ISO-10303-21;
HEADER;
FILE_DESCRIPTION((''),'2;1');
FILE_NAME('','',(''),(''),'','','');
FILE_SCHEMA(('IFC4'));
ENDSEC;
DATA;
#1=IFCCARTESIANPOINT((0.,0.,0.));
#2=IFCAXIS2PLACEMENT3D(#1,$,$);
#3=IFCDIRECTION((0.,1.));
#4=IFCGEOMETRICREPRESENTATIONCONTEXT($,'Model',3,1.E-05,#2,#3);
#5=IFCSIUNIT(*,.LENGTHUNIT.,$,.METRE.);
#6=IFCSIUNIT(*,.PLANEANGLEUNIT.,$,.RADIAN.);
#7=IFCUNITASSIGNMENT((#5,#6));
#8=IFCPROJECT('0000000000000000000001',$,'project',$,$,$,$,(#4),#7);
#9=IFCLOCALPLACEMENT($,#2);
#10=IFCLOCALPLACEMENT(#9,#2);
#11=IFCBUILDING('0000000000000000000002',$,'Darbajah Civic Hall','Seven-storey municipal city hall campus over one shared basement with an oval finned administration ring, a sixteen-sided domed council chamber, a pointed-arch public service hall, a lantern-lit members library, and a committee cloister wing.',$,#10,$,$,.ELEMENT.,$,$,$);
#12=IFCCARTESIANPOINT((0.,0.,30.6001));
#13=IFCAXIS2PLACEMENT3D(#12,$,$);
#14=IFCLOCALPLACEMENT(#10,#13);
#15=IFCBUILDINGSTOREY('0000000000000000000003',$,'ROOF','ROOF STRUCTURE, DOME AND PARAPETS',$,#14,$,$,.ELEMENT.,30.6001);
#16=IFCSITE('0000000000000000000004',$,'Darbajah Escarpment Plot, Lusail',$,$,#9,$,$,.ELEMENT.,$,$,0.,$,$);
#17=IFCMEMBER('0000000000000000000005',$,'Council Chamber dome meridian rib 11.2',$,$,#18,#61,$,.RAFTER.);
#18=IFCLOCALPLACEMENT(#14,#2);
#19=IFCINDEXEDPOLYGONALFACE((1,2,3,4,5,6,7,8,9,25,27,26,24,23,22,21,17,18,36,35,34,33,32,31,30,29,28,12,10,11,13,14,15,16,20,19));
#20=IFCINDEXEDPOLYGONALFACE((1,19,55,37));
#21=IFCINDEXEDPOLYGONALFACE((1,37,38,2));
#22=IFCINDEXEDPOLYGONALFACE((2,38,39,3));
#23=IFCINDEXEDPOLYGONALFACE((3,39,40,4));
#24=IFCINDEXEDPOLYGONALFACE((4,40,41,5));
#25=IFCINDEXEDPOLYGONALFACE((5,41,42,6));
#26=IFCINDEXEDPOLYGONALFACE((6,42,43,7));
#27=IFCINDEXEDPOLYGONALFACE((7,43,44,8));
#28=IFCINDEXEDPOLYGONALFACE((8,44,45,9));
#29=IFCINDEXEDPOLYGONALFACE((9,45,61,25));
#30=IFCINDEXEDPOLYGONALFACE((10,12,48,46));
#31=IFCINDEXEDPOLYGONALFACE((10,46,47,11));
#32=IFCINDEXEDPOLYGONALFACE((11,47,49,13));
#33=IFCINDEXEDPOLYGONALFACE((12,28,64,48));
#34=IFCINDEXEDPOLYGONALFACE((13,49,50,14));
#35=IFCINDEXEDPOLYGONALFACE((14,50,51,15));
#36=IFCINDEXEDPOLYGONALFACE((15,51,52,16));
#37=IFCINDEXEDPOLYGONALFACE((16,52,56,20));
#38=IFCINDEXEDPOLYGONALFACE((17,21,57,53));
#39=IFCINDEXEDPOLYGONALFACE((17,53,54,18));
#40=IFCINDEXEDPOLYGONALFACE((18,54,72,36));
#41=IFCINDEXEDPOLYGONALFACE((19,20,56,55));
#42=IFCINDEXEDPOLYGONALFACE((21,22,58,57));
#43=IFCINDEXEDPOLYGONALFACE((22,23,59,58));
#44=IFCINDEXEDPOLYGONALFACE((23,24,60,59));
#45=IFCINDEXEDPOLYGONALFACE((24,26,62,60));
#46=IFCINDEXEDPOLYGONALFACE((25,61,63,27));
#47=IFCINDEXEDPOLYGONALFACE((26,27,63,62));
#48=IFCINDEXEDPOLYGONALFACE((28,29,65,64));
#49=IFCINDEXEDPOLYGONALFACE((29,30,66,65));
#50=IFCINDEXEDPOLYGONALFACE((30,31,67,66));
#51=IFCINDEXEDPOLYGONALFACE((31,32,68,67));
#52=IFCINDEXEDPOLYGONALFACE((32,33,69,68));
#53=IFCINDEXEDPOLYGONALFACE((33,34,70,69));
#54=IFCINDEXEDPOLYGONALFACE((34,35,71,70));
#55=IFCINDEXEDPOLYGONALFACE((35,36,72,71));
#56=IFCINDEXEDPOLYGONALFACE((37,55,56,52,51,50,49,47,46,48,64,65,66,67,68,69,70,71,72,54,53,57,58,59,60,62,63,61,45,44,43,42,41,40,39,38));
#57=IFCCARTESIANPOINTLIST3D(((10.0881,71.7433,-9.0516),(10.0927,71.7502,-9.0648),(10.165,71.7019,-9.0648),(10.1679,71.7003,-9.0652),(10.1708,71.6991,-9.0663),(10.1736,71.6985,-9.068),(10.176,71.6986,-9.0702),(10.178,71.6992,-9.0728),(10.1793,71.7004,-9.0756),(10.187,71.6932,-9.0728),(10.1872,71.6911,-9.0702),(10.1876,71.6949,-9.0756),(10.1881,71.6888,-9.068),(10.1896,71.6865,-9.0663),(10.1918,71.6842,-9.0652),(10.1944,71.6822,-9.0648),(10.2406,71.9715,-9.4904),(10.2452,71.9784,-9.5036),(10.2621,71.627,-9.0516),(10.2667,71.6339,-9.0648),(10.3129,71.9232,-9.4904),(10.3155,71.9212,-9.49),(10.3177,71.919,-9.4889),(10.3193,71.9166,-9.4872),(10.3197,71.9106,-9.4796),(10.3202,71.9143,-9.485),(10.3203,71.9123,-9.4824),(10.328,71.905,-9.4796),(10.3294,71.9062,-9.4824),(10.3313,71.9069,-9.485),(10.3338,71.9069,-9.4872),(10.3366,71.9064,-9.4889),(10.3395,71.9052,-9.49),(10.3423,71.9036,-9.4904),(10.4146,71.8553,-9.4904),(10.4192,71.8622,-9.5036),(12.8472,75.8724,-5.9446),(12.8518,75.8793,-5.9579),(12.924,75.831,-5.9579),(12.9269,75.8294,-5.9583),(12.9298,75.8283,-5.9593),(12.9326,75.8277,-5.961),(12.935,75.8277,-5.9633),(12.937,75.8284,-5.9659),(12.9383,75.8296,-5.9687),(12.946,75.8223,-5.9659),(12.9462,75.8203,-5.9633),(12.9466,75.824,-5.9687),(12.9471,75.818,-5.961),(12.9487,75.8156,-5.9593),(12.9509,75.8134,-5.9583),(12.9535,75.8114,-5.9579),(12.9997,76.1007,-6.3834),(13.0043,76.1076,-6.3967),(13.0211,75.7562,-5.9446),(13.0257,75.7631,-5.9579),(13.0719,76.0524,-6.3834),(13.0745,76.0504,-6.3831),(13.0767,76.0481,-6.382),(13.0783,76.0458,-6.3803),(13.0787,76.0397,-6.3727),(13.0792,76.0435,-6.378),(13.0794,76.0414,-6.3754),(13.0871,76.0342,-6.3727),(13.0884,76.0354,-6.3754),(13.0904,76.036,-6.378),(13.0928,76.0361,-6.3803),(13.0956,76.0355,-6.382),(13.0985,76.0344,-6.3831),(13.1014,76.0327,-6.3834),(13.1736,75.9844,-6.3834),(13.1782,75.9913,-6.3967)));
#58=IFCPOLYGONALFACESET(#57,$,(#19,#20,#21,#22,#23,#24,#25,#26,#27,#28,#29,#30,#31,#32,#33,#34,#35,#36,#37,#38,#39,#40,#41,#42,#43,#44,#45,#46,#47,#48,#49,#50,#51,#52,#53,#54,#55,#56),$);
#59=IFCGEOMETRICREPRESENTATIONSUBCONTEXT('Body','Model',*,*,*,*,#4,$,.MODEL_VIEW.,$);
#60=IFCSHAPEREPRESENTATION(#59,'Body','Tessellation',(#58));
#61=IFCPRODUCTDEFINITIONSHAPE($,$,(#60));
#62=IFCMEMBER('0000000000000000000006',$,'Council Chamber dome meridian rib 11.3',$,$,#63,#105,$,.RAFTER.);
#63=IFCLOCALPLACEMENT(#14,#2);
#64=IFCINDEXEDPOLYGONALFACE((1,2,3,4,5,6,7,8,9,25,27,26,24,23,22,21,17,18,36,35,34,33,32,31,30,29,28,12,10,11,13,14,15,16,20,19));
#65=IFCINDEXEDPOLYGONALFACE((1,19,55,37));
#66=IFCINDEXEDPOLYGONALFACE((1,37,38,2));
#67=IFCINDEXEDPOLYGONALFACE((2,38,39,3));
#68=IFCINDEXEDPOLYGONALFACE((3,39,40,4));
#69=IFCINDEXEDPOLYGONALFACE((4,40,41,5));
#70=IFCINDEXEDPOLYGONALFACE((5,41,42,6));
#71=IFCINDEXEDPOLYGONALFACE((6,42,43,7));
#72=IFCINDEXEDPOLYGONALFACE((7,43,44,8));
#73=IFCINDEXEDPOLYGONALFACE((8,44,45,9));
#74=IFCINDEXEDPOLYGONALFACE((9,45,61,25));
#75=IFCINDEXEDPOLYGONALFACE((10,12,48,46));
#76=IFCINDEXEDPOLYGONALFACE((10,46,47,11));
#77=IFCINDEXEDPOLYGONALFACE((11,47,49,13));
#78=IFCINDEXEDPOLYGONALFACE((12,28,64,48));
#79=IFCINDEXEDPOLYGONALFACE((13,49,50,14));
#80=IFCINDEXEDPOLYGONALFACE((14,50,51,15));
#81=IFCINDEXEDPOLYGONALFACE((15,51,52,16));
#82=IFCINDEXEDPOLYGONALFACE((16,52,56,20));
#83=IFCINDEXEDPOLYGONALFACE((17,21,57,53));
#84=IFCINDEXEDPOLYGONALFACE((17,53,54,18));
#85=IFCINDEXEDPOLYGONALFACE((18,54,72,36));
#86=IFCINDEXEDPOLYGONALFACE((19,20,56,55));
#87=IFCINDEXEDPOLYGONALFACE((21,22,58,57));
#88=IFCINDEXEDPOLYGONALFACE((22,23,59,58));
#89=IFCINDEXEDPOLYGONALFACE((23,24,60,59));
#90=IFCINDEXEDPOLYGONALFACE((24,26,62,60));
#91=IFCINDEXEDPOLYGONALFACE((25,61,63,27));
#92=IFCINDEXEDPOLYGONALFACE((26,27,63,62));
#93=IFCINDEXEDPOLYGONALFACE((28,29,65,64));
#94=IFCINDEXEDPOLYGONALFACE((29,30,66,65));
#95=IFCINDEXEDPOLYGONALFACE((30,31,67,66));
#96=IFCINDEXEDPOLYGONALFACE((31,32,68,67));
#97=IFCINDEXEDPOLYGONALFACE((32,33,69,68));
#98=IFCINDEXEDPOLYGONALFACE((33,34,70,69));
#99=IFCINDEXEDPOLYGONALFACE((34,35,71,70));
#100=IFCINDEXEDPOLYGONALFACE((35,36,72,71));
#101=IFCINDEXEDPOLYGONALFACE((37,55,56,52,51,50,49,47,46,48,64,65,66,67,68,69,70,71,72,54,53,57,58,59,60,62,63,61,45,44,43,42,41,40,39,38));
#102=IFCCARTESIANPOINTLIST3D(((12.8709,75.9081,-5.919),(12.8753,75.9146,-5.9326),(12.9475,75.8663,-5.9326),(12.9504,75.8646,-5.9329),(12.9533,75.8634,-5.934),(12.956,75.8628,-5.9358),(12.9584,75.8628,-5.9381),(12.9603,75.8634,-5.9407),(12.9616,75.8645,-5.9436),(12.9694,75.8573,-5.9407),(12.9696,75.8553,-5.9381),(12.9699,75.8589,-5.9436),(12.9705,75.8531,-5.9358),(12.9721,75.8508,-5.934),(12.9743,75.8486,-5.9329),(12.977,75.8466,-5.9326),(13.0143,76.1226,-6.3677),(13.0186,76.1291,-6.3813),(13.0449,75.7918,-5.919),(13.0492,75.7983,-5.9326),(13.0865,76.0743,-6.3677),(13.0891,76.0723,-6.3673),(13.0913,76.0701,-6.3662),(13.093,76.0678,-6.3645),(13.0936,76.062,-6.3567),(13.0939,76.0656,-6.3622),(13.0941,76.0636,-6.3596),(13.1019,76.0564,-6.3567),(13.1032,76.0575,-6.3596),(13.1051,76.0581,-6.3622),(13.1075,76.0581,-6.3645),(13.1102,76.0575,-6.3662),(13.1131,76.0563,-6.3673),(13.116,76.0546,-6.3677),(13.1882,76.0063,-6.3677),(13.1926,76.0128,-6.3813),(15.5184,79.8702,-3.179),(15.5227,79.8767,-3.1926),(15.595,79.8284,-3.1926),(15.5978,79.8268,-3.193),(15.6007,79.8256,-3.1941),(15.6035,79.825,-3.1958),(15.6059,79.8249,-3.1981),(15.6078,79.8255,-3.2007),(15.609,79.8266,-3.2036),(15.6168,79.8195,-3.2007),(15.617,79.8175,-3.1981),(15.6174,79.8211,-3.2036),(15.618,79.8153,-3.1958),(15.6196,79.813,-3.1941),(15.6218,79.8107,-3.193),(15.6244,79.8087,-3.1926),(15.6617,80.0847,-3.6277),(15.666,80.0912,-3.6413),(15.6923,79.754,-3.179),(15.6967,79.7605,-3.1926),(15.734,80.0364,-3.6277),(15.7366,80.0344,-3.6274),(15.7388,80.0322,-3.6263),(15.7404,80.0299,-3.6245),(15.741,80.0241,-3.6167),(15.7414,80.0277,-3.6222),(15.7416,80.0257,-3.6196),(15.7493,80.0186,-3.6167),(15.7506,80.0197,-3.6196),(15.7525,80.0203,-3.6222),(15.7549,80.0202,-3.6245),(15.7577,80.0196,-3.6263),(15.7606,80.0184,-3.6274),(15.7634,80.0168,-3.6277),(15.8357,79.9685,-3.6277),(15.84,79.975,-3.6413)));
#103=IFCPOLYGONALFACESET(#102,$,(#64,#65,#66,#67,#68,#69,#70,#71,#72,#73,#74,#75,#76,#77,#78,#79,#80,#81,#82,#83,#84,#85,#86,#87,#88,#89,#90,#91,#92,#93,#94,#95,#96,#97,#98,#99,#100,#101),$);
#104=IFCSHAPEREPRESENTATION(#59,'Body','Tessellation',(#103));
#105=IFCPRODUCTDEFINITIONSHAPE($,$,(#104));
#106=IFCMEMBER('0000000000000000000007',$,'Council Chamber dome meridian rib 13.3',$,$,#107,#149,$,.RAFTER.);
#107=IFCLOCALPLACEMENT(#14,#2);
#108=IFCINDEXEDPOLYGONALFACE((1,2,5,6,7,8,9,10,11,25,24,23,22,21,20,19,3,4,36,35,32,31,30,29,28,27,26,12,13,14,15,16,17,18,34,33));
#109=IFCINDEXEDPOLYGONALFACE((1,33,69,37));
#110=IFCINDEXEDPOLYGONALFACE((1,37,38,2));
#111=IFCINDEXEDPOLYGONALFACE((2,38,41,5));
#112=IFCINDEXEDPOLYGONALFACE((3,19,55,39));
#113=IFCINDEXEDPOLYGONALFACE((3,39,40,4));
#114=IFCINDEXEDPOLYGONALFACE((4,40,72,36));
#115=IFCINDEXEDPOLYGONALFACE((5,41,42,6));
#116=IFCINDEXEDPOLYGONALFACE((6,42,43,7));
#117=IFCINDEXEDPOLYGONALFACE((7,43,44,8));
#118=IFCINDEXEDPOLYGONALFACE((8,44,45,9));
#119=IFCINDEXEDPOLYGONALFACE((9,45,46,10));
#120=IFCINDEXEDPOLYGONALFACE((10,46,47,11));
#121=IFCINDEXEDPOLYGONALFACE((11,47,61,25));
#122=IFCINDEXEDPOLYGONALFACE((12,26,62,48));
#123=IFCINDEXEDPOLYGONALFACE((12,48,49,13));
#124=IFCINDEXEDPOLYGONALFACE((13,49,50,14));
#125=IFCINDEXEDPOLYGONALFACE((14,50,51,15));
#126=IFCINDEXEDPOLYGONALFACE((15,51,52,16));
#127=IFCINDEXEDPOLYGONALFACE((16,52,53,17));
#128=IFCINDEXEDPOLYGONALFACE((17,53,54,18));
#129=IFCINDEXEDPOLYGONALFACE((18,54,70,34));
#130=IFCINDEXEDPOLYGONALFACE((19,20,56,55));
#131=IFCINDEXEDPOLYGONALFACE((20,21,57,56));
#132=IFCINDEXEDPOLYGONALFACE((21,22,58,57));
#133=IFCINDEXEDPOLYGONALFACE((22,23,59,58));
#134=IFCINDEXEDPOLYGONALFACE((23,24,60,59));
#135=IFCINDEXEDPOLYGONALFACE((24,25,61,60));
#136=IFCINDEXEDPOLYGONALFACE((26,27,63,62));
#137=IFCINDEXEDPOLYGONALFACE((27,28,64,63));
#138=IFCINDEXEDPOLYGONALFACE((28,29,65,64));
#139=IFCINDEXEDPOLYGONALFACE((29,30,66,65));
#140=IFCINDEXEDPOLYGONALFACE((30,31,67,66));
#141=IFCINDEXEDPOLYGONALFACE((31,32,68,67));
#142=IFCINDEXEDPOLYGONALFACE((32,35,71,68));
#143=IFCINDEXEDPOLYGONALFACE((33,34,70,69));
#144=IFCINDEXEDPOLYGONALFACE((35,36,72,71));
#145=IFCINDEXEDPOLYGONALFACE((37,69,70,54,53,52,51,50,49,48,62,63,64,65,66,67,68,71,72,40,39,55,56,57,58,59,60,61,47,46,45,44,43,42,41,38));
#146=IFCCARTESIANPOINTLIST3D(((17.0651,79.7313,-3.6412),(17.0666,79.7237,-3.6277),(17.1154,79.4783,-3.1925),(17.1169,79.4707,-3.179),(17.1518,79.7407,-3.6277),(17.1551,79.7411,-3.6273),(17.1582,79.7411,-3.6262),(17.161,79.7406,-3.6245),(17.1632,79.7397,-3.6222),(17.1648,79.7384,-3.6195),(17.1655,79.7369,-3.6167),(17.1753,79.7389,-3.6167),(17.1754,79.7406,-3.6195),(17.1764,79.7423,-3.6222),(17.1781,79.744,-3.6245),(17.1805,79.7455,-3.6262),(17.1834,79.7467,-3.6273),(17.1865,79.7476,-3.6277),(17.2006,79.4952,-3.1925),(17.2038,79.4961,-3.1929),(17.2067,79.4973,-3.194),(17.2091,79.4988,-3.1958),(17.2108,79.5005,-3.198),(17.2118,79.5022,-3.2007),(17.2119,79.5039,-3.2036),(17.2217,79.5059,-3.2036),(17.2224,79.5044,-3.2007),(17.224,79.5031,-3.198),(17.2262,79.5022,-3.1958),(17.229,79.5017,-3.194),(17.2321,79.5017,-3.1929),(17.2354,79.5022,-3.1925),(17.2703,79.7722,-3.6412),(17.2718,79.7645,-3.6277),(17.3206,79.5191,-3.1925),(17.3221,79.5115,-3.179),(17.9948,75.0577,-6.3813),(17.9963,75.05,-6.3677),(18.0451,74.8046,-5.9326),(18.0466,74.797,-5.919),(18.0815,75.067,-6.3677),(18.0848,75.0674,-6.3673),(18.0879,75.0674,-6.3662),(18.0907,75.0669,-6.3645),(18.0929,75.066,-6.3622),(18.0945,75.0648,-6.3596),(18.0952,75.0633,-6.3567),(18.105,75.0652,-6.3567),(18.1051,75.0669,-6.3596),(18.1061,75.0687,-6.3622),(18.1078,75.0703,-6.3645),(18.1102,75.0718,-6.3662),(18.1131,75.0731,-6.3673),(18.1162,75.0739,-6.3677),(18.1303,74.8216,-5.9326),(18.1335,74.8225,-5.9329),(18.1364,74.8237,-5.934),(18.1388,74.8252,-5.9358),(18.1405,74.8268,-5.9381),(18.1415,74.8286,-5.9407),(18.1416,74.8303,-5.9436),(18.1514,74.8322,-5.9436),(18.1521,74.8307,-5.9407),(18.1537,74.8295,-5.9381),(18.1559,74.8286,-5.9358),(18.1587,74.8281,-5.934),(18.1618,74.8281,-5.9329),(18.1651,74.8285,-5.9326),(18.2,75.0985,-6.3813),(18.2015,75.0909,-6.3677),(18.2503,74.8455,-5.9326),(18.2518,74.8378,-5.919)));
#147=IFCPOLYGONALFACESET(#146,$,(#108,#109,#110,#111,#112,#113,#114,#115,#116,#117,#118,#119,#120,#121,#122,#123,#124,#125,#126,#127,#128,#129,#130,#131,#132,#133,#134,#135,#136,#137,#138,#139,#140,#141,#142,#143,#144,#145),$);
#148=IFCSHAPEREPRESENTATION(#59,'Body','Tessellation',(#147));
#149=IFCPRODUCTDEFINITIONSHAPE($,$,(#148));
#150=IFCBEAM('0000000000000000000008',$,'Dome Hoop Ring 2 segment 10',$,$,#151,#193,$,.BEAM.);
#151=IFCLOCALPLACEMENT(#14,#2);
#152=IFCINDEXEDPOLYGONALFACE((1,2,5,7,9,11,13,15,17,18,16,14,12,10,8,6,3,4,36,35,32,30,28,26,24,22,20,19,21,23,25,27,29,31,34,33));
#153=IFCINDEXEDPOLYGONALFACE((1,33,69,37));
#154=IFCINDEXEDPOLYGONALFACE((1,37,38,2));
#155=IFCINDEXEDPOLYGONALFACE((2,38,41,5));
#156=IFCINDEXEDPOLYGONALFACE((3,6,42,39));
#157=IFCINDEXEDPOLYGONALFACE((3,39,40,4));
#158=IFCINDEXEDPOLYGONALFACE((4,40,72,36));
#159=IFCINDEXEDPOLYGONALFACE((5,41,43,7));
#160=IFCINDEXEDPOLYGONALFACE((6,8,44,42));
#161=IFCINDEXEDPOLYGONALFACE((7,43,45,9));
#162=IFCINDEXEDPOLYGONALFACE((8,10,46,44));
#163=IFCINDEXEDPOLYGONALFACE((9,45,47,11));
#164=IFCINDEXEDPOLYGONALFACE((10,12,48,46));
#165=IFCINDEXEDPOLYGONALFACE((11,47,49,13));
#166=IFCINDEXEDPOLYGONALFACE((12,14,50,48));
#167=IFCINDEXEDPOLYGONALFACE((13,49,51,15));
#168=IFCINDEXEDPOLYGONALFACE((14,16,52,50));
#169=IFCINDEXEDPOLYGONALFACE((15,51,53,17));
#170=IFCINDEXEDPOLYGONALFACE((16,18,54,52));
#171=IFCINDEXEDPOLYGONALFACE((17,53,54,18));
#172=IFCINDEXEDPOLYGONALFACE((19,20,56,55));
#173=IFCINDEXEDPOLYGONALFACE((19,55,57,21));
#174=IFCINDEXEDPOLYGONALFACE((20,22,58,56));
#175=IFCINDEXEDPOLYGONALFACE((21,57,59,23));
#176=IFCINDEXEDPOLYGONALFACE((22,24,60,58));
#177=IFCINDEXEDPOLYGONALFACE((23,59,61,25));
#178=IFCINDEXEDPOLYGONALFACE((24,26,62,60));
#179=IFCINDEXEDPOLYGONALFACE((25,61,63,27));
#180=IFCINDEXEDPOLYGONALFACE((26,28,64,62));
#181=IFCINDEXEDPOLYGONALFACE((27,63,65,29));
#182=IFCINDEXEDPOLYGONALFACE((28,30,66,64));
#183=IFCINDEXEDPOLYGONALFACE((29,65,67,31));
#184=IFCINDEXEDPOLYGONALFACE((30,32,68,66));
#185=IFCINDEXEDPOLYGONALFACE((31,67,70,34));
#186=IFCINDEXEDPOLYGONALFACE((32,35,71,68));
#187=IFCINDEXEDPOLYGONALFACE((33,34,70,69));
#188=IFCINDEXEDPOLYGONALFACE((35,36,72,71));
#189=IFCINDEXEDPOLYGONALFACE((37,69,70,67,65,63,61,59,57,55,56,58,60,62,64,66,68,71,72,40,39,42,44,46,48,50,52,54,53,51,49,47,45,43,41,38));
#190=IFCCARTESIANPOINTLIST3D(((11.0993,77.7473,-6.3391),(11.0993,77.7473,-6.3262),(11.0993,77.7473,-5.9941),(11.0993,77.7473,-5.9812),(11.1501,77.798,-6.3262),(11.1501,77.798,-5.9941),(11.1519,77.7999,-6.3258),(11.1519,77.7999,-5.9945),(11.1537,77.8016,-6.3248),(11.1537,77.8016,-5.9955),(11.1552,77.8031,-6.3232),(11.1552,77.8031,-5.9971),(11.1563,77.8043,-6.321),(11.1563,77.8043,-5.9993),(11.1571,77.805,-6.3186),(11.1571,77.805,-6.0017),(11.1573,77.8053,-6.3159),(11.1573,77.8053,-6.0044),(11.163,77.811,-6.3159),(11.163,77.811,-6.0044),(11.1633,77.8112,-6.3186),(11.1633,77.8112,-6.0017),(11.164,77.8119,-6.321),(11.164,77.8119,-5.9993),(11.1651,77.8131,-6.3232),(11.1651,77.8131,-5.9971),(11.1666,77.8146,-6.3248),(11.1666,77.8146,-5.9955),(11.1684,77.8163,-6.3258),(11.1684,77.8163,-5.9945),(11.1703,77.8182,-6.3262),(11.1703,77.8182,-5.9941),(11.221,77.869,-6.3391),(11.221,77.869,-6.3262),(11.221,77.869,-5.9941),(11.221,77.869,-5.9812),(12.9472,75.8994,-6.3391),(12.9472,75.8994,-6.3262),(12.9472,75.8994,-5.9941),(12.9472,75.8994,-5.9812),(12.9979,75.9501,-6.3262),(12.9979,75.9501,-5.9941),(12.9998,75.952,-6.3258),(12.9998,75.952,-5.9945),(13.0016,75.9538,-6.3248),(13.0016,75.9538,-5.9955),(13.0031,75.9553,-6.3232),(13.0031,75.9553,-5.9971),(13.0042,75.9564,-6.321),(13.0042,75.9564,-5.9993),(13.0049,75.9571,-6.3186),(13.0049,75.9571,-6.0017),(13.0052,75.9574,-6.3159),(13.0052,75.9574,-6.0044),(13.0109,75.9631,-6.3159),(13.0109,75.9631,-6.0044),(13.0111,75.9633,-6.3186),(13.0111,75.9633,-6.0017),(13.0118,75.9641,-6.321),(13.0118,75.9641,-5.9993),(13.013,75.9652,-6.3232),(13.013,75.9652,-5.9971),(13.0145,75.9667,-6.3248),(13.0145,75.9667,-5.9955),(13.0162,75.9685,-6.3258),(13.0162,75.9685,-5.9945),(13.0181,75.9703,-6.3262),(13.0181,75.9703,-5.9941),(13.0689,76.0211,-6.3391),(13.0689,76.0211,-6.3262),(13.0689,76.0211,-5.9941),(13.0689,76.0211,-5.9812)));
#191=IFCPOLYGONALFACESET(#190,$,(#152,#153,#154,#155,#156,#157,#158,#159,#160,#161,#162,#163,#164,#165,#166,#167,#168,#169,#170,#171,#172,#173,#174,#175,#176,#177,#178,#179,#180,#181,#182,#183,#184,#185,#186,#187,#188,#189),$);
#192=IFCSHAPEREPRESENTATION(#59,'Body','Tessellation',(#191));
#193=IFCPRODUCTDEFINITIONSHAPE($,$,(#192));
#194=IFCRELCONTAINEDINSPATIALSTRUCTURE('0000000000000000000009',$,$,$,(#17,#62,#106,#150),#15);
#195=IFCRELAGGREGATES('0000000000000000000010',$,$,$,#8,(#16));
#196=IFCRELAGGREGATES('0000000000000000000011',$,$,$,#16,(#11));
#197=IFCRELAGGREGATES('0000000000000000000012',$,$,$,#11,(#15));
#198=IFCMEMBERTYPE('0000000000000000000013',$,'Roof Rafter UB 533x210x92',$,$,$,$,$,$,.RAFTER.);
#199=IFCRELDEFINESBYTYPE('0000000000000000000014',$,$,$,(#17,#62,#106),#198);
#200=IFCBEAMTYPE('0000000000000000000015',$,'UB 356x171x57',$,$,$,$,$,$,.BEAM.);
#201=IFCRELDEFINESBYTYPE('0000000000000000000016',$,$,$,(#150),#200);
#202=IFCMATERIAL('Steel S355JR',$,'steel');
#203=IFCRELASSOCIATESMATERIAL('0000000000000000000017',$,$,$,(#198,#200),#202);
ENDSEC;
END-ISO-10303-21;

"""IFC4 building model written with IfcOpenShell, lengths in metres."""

from ifc_helpers import new_model, si_unit, direction, frame, origin, origin_2d, place, context, subcontext, project, spatial, i_section, extrude, material, material_profile, profile_set, type_object, element, save


model = new_model("IFC4")

# Units and contexts
model_context = context("Model", 3, precision=1e-05, world=origin(), true_north=direction((0.0, 1.0)))
body_context = subcontext(model_context, "Body", "Model", "MODEL_VIEW")
ifc_project = project(units=[si_unit("LENGTHUNIT", "METRE"), si_unit("PLANEANGLEUNIT", "RADIAN")], contexts=[model_context])

# Site, building, storey
site_placement = place(None, origin())
site = spatial("IfcSite", under=ifc_project, at=site_placement, Name="Darbajah Escarpment Plot, Lusail", CompositionType="ELEMENT", RefElevation=0.0)
building_placement = place(site_placement, origin())
building = spatial("IfcBuilding", under=site, at=building_placement, Name="Darbajah Civic Hall", Description="Seven-storey municipal city hall campus over one shared basement with an oval finned administration ring, a sixteen-sided domed council chamber, a pointed-arch public service hall, a lantern-lit members library, and a committee cloister wing.", CompositionType="ELEMENT")
storey_placement = place(building_placement, frame((0.0, 0.0, 30.6001)))
storey = spatial("IfcBuildingStorey", under=building, at=storey_placement, Name="ROOF", Description="ROOF STRUCTURE, DOME AND PARAPETS", CompositionType="ELEMENT", Elevation=30.6001)

# Members
ifc_material = material(Name="Steel S355JR", Category="steel")
ifc_material_profile_1 = material_profile(ifc_material, i_section(OverallWidth=0.2092, OverallDepth=0.5332, WebThickness=0.01, FlangeThickness=0.0156, FilletRadius=0.0127, at=origin_2d()), Name="UB 533x210x92")
ifc_profile_set_1 = profile_set([ifc_material_profile_1], Name="Steel S355JR")
member_type_1 = type_object("IfcMemberType", Name="Roof Rafter UB 533x210x92", PredefinedType="RAFTER", material=ifc_profile_set_1)
for number, where, z_axis, x_axis, name in (
    (1, (10.2537, 71.8027, -9.2776), (0.470992, 0.704884, 0.530382), (-0.831467, 0.555573, 0.0), "Council Chamber dome meridian rib 11.2"),
):
    element("IfcMember", number, at=place(storey_placement, frame(where, z_axis=z_axis, x_axis=x_axis)), inside=storey, type_object=member_type_1, Name=name, PredefinedType="RAFTER", context=body_context, shape_type="SweptSolid", body=[
        extrude(i_section(OverallWidth=0.2092, OverallDepth=0.5332, WebThickness=0.01, FlangeThickness=0.0156, FilletRadius=0.0127, at=origin_2d()), origin(), (0.0, 0.0, 1.0), 5.8579),
    ])
for number, where, z_axis, x_axis, name in (
    (2, (13.0317, 75.9604, -6.1501), (0.481633, 0.720806, 0.498466), (-0.831467, 0.555575, 0.0), "Council Chamber dome meridian rib 11.3"),
    (3, (18.1233, 74.9478, -6.1501), (-0.169134, 0.850245, 0.498475), (-0.980783, -0.195101, 0.0), "Council Chamber dome meridian rib 13.3"),
):
    element("IfcMember", number, at=place(storey_placement, frame(where, z_axis=z_axis, x_axis=x_axis)), inside=storey, type_object=member_type_1, Name=name, PredefinedType="RAFTER", context=body_context, shape_type="SweptSolid", body=[
        extrude(i_section(OverallWidth=0.2092, OverallDepth=0.5332, WebThickness=0.01, FlangeThickness=0.0156, FilletRadius=0.0127, at=origin_2d()), origin(), (0.0, 0.0, 1.0), 5.4968),
    ])

# Beam
ifc_material_profile_2 = material_profile(ifc_material, i_section(OverallWidth=0.1721, OverallDepth=0.3579, WebThickness=0.0081, FlangeThickness=0.0129, FilletRadius=0.0103, at=origin_2d()), Name="UB 356x171x57")
ifc_profile_set_2 = profile_set([ifc_material_profile_2], Name="Steel S355JR")
beam_type_1 = type_object("IfcBeamType", Name="UB 356x171x57", PredefinedType="BEAM", material=ifc_profile_set_2)
beam_1_placement = place(storey_placement, frame((11.1602, 77.8081, -6.1602), z_axis=(0.707107, -0.707107, 0.0), x_axis=(0.707107, 0.707107, 0.0)))
element("IfcBeam", 4, at=beam_1_placement, inside=storey, type_object=beam_type_1, Name="Dome Hoop Ring 2 segment 10", PredefinedType="BEAM", context=body_context, shape_type="SweptSolid", body=[
    extrude(i_section(OverallWidth=0.1721, OverallDepth=0.3579, WebThickness=0.0081, FlangeThickness=0.0129, FilletRadius=0.0103, at=origin_2d()), origin(), (0.0, 0.0, 1.0), 2.6133),
])

save(model, "model.ifc")
